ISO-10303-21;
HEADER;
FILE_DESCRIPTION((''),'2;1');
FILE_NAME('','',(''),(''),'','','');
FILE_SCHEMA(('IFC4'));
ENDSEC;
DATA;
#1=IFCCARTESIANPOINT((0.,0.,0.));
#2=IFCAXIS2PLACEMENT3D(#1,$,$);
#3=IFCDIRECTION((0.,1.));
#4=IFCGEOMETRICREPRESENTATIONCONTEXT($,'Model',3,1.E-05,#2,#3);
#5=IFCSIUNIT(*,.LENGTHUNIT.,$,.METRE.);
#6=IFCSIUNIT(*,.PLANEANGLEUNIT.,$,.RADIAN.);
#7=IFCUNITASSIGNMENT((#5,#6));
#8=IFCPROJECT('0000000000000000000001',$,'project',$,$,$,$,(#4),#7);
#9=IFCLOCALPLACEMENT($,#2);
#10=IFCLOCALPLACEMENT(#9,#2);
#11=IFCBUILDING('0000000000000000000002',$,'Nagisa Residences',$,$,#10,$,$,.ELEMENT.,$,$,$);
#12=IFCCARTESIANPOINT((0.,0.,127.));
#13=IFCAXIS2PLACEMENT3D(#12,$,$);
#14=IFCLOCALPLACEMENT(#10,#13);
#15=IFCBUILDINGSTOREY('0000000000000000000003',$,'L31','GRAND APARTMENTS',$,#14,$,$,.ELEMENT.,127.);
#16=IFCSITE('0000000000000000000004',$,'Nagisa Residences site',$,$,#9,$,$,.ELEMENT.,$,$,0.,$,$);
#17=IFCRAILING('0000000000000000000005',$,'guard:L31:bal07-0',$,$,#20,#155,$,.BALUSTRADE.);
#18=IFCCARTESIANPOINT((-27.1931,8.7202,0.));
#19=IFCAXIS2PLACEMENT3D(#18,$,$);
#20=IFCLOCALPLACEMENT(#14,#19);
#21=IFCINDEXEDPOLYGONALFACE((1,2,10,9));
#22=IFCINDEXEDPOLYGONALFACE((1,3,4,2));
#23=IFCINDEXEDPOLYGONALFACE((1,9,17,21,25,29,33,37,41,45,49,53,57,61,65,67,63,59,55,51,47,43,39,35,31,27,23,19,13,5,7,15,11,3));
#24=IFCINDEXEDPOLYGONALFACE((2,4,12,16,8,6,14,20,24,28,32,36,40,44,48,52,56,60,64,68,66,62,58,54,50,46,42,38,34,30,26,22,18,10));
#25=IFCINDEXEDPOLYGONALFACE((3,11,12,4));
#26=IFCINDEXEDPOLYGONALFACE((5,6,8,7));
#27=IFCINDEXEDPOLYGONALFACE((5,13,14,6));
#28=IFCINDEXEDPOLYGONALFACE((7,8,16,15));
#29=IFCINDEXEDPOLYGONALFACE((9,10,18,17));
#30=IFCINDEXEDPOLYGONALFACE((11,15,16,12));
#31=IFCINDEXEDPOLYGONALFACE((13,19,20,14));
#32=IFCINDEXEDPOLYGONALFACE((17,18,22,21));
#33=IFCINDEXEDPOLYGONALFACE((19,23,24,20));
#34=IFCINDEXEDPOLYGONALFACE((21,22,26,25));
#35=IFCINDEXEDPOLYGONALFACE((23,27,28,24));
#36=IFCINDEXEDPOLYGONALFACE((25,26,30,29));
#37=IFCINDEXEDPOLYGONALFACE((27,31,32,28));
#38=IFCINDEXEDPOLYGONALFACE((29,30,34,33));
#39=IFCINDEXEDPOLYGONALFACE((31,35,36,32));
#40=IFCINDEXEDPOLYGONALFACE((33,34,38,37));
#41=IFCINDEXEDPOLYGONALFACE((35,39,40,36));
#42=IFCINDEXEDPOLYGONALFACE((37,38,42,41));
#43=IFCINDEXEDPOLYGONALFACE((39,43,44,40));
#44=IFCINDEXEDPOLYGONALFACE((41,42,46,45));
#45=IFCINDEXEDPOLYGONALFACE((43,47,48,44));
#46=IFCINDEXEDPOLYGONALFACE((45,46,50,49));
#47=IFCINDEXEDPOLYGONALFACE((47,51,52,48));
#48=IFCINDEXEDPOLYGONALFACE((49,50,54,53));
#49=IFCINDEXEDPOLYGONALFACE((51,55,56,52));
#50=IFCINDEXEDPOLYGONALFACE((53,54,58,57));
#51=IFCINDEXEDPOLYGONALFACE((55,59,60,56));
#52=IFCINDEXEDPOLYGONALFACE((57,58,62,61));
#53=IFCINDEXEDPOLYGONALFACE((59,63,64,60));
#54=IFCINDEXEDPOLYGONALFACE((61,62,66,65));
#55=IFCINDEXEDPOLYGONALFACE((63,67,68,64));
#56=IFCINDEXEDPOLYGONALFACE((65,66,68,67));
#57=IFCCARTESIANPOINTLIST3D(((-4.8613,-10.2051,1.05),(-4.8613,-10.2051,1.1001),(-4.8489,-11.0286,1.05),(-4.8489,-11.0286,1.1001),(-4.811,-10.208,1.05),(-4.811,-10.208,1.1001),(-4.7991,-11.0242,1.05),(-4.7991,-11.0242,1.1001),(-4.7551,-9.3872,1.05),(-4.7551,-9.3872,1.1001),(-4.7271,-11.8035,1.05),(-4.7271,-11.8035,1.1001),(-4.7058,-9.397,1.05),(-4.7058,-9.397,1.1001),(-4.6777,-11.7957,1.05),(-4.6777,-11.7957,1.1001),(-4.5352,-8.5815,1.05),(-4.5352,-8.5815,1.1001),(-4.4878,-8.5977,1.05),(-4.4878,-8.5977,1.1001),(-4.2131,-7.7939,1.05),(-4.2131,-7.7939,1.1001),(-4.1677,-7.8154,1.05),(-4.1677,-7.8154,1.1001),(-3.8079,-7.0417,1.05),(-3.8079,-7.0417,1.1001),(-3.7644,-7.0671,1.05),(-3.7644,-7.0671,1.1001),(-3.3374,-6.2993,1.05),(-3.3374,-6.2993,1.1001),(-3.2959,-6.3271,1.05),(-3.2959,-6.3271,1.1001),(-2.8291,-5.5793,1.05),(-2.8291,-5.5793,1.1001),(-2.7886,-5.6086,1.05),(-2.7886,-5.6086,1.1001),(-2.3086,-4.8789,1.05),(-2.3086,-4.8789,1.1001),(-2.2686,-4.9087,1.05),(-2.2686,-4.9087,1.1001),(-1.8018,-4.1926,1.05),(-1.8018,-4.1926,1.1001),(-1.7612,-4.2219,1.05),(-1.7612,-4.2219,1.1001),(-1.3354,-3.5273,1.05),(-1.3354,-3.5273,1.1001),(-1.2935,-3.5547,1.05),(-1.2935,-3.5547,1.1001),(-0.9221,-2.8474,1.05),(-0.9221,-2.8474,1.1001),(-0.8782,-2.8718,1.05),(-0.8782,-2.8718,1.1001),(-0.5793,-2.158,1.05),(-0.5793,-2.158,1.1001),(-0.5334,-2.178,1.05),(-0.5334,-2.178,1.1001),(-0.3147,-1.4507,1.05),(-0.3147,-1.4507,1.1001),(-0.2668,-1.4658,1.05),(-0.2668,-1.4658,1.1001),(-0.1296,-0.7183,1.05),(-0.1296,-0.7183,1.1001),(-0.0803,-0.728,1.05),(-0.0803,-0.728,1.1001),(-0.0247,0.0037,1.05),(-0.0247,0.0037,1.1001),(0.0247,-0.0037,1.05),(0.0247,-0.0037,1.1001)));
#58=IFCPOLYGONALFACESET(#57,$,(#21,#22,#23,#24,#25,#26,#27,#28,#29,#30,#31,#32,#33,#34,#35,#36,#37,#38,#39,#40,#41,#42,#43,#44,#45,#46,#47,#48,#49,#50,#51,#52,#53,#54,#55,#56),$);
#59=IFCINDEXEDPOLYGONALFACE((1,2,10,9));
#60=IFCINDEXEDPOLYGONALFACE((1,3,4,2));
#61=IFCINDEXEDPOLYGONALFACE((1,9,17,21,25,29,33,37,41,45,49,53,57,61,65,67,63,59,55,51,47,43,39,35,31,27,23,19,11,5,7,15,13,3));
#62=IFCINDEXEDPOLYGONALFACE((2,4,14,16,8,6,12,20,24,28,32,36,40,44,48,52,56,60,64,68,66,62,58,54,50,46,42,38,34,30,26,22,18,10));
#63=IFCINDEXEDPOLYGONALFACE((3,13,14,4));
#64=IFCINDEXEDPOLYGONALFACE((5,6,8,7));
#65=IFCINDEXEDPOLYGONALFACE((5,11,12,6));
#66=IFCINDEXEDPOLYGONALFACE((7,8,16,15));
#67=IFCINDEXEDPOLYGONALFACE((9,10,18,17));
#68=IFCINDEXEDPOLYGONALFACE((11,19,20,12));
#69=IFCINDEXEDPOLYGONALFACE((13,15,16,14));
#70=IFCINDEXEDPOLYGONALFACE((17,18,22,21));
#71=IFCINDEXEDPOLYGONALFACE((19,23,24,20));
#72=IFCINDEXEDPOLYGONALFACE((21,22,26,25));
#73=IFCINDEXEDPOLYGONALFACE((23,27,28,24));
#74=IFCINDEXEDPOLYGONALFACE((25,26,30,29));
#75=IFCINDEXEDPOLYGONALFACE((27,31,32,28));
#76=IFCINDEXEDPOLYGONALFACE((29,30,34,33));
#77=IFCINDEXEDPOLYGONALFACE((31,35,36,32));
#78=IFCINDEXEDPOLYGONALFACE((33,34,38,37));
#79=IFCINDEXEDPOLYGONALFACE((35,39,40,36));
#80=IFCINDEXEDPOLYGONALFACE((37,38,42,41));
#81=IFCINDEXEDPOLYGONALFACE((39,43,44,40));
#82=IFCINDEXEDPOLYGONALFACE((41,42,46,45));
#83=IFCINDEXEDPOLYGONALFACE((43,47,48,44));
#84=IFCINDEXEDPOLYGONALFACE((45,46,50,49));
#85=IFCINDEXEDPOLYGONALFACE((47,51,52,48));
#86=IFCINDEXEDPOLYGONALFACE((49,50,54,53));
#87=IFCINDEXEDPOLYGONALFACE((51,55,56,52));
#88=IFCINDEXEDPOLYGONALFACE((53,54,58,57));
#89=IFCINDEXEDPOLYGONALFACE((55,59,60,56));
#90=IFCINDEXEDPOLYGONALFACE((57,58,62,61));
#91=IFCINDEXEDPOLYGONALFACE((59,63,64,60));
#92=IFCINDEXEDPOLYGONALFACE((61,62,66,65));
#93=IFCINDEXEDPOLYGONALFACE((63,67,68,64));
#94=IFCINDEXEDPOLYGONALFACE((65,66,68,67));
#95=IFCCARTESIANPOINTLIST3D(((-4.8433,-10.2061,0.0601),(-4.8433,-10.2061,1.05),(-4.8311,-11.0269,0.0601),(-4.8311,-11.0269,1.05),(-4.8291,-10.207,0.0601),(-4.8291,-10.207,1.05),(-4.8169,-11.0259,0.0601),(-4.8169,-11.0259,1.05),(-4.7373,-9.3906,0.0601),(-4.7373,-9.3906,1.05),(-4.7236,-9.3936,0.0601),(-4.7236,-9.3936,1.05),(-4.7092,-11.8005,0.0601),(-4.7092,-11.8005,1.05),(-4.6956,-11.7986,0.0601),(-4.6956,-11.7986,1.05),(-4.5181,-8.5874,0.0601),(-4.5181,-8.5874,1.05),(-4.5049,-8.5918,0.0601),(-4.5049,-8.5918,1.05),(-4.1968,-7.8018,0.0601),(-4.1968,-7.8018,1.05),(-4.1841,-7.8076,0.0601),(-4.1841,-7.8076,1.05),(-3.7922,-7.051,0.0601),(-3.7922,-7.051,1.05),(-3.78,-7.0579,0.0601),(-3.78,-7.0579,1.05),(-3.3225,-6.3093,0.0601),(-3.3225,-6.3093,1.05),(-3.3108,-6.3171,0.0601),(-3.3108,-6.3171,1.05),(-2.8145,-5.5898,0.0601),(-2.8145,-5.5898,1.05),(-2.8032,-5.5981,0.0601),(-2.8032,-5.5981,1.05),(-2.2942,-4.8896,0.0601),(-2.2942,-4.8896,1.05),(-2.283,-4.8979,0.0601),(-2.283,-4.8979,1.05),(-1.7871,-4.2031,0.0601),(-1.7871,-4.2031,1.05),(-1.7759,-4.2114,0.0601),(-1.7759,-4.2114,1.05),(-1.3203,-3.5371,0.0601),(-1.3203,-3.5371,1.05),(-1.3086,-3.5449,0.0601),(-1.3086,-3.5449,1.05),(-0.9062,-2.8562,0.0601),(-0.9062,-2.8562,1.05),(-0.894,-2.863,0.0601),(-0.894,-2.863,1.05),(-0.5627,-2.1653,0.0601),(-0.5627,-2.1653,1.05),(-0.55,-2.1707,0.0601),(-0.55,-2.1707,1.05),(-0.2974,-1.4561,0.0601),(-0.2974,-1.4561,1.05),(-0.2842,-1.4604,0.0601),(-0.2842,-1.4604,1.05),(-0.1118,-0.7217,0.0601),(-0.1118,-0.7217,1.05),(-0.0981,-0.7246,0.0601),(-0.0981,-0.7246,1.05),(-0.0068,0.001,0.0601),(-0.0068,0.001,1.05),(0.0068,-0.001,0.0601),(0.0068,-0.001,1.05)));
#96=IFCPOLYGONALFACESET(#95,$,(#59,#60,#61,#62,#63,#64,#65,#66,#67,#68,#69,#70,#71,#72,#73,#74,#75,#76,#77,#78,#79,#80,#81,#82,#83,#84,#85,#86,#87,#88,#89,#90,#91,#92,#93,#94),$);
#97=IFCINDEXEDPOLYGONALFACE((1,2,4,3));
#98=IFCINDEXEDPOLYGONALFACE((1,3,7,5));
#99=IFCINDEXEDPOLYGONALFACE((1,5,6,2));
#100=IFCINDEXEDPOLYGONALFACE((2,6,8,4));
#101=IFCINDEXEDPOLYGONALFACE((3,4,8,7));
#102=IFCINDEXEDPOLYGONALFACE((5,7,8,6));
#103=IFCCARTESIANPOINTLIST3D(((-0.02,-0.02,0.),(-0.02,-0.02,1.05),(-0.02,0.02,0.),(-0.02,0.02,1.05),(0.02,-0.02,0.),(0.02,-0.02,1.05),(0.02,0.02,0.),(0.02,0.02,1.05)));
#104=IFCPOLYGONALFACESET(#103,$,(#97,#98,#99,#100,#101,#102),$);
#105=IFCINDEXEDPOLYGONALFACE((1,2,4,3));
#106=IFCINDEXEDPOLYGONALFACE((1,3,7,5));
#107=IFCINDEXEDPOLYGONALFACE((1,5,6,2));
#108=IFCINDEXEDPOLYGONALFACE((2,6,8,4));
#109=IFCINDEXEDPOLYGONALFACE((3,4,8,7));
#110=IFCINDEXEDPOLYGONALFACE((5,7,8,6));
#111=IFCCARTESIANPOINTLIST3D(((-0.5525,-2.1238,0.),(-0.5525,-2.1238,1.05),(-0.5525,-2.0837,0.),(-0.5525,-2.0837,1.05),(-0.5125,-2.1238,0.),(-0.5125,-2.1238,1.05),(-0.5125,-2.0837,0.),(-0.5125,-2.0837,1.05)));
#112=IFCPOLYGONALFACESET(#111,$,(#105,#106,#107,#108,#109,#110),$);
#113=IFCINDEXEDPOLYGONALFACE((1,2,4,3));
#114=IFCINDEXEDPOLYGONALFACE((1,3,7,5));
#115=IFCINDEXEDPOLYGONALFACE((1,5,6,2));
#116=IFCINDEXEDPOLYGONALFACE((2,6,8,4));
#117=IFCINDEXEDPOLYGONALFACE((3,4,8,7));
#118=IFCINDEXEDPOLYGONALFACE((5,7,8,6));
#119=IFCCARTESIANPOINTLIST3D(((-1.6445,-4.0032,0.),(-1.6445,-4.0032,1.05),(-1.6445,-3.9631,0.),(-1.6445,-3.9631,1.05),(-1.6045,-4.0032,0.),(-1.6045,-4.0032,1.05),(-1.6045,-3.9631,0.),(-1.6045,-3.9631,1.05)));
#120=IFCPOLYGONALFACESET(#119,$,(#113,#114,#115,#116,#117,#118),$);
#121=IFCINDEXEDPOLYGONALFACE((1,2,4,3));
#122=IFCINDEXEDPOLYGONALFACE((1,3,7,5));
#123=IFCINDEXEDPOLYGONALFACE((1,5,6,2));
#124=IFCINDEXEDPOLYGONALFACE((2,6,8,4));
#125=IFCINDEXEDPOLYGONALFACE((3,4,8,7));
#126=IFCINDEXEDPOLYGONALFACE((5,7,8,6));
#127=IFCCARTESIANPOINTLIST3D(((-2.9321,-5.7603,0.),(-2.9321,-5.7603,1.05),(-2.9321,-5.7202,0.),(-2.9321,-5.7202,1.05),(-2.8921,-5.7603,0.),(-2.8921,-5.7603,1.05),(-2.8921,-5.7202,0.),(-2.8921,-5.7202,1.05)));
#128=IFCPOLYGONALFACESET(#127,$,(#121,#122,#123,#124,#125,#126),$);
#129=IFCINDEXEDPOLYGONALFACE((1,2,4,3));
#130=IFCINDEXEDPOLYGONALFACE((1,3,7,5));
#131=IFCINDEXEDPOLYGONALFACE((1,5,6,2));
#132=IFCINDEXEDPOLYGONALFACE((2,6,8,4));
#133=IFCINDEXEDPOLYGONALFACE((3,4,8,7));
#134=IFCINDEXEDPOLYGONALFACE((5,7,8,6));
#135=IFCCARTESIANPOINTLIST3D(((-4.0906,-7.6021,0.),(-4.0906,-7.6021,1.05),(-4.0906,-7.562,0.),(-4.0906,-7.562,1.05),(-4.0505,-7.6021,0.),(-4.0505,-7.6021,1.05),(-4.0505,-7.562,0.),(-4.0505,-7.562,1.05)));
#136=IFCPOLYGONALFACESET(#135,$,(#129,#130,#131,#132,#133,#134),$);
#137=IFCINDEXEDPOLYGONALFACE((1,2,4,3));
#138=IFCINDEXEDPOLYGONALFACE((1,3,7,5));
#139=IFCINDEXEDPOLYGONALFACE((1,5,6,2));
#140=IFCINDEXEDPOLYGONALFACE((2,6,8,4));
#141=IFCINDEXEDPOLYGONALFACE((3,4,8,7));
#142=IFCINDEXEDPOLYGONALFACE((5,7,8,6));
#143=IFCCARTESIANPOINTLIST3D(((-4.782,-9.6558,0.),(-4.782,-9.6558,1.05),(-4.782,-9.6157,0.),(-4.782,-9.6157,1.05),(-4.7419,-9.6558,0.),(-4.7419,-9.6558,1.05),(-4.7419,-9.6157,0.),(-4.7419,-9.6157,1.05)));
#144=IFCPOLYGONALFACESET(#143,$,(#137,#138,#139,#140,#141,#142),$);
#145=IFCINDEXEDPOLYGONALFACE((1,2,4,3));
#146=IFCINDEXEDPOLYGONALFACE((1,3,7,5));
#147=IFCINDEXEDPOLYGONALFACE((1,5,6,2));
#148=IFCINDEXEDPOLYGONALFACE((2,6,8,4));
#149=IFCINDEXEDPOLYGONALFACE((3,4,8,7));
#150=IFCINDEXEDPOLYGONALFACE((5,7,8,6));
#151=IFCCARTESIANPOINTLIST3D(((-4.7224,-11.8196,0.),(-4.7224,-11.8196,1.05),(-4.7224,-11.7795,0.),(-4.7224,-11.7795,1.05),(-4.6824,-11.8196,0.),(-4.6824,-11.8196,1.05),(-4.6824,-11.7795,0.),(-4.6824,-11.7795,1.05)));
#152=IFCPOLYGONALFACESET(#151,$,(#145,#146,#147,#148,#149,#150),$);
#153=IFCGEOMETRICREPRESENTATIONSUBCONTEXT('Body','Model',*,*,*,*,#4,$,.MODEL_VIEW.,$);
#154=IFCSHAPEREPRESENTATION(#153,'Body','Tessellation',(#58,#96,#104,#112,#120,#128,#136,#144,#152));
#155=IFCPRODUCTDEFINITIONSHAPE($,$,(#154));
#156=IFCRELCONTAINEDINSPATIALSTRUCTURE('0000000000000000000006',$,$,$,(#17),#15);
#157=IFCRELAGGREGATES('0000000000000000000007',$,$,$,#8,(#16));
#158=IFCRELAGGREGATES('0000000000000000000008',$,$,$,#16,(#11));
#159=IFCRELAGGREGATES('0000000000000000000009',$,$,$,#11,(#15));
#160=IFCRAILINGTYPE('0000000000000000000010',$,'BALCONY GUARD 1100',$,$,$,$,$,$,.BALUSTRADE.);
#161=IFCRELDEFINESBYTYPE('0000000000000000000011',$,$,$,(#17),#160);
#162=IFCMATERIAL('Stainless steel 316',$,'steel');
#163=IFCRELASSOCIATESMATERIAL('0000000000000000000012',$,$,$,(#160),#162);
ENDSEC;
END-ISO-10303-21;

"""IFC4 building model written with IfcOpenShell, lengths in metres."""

from ifc_helpers import new_model, si_unit, direction, frame, origin, origin_2d, place, context, subcontext, project, spatial, polyline, rectangle, outline, extrude, material, type_object, element, save


model = new_model("IFC4")

# Units and contexts
model_context = context("Model", 3, precision=1e-05, world=origin(), true_north=direction((0.0, 1.0)))
body_context = subcontext(model_context, "Body", "Model", "MODEL_VIEW")
ifc_project = project(units=[si_unit("LENGTHUNIT", "METRE"), si_unit("PLANEANGLEUNIT", "RADIAN")], contexts=[model_context])

# Site, building, storey
site_placement = place(None, origin())
site = spatial("IfcSite", under=ifc_project, at=site_placement, Name="Nagisa Residences site", CompositionType="ELEMENT", RefElevation=0.0)
building_placement = place(site_placement, origin())
building = spatial("IfcBuilding", under=site, at=building_placement, Name="Nagisa Residences", CompositionType="ELEMENT")
storey_placement = place(building_placement, frame((0.0, 0.0, 127.0)))
storey = spatial("IfcBuildingStorey", under=building, at=storey_placement, Name="L31", Description="GRAND APARTMENTS", CompositionType="ELEMENT", Elevation=127.0)

# Railing
ifc_material_1 = material(Name="Stainless steel 316", Category="steel")
railing_type = type_object("IfcRailingType", Name="BALCONY GUARD 1100", PredefinedType="BALUSTRADE", material=ifc_material_1)
railing_placement = place(storey_placement, frame((-27.1931, 8.7202, 0.0)))
element("IfcRailing", 1, at=railing_placement, inside=storey, type_object=railing_type, Name="guard:L31:bal07-0", PredefinedType="BALUSTRADE", context=body_context, shape_type="SweptSolid", body=[
    extrude(outline(polyline([(-0.0803, -0.728), (0.0247, -0.0037), (-0.0247, 0.0037), (-0.1296, -0.7183), (-0.3147, -1.4507), (-0.5793, -2.158), (-0.9221, -2.8474), (-1.3354, -3.5273), (-1.8018, -4.1926), (-2.3086, -4.8789), (-2.8291, -5.5793), (-3.3374, -6.2993), (-3.8079, -7.0417), (-4.2131, -7.7939), (-4.5352, -8.5815), (-4.7551, -9.3872), (-4.8613, -10.2051), (-4.8489, -11.0286), (-4.7271, -11.8035), (-4.6777, -11.7957), (-4.7991, -11.0242), (-4.811, -10.208), (-4.7058, -9.397), (-4.4878, -8.5977), (-4.1677, -7.8154), (-3.7644, -7.0671), (-3.2959, -6.3271), (-2.7886, -5.6086), (-2.2686, -4.9087), (-1.7612, -4.2219), (-1.2935, -3.5547), (-0.8782, -2.8718), (-0.5334, -2.178), (-0.2668, -1.4658), (-0.0803, -0.728)])), frame((0.0, 0.0, 1.05)), (0.0, 0.0, 1.0), 0.05),
    extrude(outline(polyline([(-0.0981, -0.7246), (0.0068, -0.001), (-0.0068, 0.001), (-0.1118, -0.7217), (-0.2974, -1.4561), (-0.5627, -2.1653), (-0.9062, -2.8562), (-1.3203, -3.5371), (-1.7871, -4.2031), (-2.2942, -4.8896), (-2.8145, -5.5898), (-3.3225, -6.3093), (-3.7922, -7.051), (-4.1968, -7.8018), (-4.5181, -8.5874), (-4.7373, -9.3906), (-4.8433, -10.2061), (-4.8311, -11.0269), (-4.7092, -11.8005), (-4.6956, -11.7986), (-4.8169, -11.0259), (-4.8291, -10.207), (-4.7236, -9.3936), (-4.5049, -8.5918), (-4.1841, -7.8076), (-3.78, -7.0579), (-3.3108, -6.3171), (-2.8032, -5.5981), (-2.283, -4.8979), (-1.7759, -4.2114), (-1.3086, -3.5449), (-0.894, -2.863), (-0.55, -2.1707), (-0.2842, -1.4604), (-0.0981, -0.7246)])), frame((0.0, 0.0, 0.0601)), (0.0, 0.0, 1.0), 0.99),
    extrude(rectangle(XDim=0.04, YDim=0.04, at=origin_2d()), origin(), (0.0, 0.0, 1.0), 1.05),
    extrude(rectangle(XDim=0.04, YDim=0.04, at=origin_2d()), frame((-0.5325, -2.1038, 0.0)), (0.0, 0.0, 1.0), 1.05),
    extrude(rectangle(XDim=0.04, YDim=0.04, at=origin_2d()), frame((-1.6245, -3.9832, 0.0)), (0.0, 0.0, 1.0), 1.05),
    extrude(rectangle(XDim=0.04, YDim=0.04, at=origin_2d()), frame((-2.9121, -5.7402, 0.0)), (0.0, 0.0, 1.0), 1.05),
    extrude(rectangle(XDim=0.04, YDim=0.04, at=origin_2d()), frame((-4.0706, -7.582, 0.0)), (0.0, 0.0, 1.0), 1.05),
    extrude(rectangle(XDim=0.04, YDim=0.04, at=origin_2d()), frame((-4.762, -9.6357, 0.0)), (0.0, 0.0, 1.0), 1.05),
    extrude(rectangle(XDim=0.04, YDim=0.04, at=origin_2d()), frame((-4.7024, -11.7996, 0.0)), (0.0, 0.0, 1.0), 1.05),
])

save(model, "model.ifc")
